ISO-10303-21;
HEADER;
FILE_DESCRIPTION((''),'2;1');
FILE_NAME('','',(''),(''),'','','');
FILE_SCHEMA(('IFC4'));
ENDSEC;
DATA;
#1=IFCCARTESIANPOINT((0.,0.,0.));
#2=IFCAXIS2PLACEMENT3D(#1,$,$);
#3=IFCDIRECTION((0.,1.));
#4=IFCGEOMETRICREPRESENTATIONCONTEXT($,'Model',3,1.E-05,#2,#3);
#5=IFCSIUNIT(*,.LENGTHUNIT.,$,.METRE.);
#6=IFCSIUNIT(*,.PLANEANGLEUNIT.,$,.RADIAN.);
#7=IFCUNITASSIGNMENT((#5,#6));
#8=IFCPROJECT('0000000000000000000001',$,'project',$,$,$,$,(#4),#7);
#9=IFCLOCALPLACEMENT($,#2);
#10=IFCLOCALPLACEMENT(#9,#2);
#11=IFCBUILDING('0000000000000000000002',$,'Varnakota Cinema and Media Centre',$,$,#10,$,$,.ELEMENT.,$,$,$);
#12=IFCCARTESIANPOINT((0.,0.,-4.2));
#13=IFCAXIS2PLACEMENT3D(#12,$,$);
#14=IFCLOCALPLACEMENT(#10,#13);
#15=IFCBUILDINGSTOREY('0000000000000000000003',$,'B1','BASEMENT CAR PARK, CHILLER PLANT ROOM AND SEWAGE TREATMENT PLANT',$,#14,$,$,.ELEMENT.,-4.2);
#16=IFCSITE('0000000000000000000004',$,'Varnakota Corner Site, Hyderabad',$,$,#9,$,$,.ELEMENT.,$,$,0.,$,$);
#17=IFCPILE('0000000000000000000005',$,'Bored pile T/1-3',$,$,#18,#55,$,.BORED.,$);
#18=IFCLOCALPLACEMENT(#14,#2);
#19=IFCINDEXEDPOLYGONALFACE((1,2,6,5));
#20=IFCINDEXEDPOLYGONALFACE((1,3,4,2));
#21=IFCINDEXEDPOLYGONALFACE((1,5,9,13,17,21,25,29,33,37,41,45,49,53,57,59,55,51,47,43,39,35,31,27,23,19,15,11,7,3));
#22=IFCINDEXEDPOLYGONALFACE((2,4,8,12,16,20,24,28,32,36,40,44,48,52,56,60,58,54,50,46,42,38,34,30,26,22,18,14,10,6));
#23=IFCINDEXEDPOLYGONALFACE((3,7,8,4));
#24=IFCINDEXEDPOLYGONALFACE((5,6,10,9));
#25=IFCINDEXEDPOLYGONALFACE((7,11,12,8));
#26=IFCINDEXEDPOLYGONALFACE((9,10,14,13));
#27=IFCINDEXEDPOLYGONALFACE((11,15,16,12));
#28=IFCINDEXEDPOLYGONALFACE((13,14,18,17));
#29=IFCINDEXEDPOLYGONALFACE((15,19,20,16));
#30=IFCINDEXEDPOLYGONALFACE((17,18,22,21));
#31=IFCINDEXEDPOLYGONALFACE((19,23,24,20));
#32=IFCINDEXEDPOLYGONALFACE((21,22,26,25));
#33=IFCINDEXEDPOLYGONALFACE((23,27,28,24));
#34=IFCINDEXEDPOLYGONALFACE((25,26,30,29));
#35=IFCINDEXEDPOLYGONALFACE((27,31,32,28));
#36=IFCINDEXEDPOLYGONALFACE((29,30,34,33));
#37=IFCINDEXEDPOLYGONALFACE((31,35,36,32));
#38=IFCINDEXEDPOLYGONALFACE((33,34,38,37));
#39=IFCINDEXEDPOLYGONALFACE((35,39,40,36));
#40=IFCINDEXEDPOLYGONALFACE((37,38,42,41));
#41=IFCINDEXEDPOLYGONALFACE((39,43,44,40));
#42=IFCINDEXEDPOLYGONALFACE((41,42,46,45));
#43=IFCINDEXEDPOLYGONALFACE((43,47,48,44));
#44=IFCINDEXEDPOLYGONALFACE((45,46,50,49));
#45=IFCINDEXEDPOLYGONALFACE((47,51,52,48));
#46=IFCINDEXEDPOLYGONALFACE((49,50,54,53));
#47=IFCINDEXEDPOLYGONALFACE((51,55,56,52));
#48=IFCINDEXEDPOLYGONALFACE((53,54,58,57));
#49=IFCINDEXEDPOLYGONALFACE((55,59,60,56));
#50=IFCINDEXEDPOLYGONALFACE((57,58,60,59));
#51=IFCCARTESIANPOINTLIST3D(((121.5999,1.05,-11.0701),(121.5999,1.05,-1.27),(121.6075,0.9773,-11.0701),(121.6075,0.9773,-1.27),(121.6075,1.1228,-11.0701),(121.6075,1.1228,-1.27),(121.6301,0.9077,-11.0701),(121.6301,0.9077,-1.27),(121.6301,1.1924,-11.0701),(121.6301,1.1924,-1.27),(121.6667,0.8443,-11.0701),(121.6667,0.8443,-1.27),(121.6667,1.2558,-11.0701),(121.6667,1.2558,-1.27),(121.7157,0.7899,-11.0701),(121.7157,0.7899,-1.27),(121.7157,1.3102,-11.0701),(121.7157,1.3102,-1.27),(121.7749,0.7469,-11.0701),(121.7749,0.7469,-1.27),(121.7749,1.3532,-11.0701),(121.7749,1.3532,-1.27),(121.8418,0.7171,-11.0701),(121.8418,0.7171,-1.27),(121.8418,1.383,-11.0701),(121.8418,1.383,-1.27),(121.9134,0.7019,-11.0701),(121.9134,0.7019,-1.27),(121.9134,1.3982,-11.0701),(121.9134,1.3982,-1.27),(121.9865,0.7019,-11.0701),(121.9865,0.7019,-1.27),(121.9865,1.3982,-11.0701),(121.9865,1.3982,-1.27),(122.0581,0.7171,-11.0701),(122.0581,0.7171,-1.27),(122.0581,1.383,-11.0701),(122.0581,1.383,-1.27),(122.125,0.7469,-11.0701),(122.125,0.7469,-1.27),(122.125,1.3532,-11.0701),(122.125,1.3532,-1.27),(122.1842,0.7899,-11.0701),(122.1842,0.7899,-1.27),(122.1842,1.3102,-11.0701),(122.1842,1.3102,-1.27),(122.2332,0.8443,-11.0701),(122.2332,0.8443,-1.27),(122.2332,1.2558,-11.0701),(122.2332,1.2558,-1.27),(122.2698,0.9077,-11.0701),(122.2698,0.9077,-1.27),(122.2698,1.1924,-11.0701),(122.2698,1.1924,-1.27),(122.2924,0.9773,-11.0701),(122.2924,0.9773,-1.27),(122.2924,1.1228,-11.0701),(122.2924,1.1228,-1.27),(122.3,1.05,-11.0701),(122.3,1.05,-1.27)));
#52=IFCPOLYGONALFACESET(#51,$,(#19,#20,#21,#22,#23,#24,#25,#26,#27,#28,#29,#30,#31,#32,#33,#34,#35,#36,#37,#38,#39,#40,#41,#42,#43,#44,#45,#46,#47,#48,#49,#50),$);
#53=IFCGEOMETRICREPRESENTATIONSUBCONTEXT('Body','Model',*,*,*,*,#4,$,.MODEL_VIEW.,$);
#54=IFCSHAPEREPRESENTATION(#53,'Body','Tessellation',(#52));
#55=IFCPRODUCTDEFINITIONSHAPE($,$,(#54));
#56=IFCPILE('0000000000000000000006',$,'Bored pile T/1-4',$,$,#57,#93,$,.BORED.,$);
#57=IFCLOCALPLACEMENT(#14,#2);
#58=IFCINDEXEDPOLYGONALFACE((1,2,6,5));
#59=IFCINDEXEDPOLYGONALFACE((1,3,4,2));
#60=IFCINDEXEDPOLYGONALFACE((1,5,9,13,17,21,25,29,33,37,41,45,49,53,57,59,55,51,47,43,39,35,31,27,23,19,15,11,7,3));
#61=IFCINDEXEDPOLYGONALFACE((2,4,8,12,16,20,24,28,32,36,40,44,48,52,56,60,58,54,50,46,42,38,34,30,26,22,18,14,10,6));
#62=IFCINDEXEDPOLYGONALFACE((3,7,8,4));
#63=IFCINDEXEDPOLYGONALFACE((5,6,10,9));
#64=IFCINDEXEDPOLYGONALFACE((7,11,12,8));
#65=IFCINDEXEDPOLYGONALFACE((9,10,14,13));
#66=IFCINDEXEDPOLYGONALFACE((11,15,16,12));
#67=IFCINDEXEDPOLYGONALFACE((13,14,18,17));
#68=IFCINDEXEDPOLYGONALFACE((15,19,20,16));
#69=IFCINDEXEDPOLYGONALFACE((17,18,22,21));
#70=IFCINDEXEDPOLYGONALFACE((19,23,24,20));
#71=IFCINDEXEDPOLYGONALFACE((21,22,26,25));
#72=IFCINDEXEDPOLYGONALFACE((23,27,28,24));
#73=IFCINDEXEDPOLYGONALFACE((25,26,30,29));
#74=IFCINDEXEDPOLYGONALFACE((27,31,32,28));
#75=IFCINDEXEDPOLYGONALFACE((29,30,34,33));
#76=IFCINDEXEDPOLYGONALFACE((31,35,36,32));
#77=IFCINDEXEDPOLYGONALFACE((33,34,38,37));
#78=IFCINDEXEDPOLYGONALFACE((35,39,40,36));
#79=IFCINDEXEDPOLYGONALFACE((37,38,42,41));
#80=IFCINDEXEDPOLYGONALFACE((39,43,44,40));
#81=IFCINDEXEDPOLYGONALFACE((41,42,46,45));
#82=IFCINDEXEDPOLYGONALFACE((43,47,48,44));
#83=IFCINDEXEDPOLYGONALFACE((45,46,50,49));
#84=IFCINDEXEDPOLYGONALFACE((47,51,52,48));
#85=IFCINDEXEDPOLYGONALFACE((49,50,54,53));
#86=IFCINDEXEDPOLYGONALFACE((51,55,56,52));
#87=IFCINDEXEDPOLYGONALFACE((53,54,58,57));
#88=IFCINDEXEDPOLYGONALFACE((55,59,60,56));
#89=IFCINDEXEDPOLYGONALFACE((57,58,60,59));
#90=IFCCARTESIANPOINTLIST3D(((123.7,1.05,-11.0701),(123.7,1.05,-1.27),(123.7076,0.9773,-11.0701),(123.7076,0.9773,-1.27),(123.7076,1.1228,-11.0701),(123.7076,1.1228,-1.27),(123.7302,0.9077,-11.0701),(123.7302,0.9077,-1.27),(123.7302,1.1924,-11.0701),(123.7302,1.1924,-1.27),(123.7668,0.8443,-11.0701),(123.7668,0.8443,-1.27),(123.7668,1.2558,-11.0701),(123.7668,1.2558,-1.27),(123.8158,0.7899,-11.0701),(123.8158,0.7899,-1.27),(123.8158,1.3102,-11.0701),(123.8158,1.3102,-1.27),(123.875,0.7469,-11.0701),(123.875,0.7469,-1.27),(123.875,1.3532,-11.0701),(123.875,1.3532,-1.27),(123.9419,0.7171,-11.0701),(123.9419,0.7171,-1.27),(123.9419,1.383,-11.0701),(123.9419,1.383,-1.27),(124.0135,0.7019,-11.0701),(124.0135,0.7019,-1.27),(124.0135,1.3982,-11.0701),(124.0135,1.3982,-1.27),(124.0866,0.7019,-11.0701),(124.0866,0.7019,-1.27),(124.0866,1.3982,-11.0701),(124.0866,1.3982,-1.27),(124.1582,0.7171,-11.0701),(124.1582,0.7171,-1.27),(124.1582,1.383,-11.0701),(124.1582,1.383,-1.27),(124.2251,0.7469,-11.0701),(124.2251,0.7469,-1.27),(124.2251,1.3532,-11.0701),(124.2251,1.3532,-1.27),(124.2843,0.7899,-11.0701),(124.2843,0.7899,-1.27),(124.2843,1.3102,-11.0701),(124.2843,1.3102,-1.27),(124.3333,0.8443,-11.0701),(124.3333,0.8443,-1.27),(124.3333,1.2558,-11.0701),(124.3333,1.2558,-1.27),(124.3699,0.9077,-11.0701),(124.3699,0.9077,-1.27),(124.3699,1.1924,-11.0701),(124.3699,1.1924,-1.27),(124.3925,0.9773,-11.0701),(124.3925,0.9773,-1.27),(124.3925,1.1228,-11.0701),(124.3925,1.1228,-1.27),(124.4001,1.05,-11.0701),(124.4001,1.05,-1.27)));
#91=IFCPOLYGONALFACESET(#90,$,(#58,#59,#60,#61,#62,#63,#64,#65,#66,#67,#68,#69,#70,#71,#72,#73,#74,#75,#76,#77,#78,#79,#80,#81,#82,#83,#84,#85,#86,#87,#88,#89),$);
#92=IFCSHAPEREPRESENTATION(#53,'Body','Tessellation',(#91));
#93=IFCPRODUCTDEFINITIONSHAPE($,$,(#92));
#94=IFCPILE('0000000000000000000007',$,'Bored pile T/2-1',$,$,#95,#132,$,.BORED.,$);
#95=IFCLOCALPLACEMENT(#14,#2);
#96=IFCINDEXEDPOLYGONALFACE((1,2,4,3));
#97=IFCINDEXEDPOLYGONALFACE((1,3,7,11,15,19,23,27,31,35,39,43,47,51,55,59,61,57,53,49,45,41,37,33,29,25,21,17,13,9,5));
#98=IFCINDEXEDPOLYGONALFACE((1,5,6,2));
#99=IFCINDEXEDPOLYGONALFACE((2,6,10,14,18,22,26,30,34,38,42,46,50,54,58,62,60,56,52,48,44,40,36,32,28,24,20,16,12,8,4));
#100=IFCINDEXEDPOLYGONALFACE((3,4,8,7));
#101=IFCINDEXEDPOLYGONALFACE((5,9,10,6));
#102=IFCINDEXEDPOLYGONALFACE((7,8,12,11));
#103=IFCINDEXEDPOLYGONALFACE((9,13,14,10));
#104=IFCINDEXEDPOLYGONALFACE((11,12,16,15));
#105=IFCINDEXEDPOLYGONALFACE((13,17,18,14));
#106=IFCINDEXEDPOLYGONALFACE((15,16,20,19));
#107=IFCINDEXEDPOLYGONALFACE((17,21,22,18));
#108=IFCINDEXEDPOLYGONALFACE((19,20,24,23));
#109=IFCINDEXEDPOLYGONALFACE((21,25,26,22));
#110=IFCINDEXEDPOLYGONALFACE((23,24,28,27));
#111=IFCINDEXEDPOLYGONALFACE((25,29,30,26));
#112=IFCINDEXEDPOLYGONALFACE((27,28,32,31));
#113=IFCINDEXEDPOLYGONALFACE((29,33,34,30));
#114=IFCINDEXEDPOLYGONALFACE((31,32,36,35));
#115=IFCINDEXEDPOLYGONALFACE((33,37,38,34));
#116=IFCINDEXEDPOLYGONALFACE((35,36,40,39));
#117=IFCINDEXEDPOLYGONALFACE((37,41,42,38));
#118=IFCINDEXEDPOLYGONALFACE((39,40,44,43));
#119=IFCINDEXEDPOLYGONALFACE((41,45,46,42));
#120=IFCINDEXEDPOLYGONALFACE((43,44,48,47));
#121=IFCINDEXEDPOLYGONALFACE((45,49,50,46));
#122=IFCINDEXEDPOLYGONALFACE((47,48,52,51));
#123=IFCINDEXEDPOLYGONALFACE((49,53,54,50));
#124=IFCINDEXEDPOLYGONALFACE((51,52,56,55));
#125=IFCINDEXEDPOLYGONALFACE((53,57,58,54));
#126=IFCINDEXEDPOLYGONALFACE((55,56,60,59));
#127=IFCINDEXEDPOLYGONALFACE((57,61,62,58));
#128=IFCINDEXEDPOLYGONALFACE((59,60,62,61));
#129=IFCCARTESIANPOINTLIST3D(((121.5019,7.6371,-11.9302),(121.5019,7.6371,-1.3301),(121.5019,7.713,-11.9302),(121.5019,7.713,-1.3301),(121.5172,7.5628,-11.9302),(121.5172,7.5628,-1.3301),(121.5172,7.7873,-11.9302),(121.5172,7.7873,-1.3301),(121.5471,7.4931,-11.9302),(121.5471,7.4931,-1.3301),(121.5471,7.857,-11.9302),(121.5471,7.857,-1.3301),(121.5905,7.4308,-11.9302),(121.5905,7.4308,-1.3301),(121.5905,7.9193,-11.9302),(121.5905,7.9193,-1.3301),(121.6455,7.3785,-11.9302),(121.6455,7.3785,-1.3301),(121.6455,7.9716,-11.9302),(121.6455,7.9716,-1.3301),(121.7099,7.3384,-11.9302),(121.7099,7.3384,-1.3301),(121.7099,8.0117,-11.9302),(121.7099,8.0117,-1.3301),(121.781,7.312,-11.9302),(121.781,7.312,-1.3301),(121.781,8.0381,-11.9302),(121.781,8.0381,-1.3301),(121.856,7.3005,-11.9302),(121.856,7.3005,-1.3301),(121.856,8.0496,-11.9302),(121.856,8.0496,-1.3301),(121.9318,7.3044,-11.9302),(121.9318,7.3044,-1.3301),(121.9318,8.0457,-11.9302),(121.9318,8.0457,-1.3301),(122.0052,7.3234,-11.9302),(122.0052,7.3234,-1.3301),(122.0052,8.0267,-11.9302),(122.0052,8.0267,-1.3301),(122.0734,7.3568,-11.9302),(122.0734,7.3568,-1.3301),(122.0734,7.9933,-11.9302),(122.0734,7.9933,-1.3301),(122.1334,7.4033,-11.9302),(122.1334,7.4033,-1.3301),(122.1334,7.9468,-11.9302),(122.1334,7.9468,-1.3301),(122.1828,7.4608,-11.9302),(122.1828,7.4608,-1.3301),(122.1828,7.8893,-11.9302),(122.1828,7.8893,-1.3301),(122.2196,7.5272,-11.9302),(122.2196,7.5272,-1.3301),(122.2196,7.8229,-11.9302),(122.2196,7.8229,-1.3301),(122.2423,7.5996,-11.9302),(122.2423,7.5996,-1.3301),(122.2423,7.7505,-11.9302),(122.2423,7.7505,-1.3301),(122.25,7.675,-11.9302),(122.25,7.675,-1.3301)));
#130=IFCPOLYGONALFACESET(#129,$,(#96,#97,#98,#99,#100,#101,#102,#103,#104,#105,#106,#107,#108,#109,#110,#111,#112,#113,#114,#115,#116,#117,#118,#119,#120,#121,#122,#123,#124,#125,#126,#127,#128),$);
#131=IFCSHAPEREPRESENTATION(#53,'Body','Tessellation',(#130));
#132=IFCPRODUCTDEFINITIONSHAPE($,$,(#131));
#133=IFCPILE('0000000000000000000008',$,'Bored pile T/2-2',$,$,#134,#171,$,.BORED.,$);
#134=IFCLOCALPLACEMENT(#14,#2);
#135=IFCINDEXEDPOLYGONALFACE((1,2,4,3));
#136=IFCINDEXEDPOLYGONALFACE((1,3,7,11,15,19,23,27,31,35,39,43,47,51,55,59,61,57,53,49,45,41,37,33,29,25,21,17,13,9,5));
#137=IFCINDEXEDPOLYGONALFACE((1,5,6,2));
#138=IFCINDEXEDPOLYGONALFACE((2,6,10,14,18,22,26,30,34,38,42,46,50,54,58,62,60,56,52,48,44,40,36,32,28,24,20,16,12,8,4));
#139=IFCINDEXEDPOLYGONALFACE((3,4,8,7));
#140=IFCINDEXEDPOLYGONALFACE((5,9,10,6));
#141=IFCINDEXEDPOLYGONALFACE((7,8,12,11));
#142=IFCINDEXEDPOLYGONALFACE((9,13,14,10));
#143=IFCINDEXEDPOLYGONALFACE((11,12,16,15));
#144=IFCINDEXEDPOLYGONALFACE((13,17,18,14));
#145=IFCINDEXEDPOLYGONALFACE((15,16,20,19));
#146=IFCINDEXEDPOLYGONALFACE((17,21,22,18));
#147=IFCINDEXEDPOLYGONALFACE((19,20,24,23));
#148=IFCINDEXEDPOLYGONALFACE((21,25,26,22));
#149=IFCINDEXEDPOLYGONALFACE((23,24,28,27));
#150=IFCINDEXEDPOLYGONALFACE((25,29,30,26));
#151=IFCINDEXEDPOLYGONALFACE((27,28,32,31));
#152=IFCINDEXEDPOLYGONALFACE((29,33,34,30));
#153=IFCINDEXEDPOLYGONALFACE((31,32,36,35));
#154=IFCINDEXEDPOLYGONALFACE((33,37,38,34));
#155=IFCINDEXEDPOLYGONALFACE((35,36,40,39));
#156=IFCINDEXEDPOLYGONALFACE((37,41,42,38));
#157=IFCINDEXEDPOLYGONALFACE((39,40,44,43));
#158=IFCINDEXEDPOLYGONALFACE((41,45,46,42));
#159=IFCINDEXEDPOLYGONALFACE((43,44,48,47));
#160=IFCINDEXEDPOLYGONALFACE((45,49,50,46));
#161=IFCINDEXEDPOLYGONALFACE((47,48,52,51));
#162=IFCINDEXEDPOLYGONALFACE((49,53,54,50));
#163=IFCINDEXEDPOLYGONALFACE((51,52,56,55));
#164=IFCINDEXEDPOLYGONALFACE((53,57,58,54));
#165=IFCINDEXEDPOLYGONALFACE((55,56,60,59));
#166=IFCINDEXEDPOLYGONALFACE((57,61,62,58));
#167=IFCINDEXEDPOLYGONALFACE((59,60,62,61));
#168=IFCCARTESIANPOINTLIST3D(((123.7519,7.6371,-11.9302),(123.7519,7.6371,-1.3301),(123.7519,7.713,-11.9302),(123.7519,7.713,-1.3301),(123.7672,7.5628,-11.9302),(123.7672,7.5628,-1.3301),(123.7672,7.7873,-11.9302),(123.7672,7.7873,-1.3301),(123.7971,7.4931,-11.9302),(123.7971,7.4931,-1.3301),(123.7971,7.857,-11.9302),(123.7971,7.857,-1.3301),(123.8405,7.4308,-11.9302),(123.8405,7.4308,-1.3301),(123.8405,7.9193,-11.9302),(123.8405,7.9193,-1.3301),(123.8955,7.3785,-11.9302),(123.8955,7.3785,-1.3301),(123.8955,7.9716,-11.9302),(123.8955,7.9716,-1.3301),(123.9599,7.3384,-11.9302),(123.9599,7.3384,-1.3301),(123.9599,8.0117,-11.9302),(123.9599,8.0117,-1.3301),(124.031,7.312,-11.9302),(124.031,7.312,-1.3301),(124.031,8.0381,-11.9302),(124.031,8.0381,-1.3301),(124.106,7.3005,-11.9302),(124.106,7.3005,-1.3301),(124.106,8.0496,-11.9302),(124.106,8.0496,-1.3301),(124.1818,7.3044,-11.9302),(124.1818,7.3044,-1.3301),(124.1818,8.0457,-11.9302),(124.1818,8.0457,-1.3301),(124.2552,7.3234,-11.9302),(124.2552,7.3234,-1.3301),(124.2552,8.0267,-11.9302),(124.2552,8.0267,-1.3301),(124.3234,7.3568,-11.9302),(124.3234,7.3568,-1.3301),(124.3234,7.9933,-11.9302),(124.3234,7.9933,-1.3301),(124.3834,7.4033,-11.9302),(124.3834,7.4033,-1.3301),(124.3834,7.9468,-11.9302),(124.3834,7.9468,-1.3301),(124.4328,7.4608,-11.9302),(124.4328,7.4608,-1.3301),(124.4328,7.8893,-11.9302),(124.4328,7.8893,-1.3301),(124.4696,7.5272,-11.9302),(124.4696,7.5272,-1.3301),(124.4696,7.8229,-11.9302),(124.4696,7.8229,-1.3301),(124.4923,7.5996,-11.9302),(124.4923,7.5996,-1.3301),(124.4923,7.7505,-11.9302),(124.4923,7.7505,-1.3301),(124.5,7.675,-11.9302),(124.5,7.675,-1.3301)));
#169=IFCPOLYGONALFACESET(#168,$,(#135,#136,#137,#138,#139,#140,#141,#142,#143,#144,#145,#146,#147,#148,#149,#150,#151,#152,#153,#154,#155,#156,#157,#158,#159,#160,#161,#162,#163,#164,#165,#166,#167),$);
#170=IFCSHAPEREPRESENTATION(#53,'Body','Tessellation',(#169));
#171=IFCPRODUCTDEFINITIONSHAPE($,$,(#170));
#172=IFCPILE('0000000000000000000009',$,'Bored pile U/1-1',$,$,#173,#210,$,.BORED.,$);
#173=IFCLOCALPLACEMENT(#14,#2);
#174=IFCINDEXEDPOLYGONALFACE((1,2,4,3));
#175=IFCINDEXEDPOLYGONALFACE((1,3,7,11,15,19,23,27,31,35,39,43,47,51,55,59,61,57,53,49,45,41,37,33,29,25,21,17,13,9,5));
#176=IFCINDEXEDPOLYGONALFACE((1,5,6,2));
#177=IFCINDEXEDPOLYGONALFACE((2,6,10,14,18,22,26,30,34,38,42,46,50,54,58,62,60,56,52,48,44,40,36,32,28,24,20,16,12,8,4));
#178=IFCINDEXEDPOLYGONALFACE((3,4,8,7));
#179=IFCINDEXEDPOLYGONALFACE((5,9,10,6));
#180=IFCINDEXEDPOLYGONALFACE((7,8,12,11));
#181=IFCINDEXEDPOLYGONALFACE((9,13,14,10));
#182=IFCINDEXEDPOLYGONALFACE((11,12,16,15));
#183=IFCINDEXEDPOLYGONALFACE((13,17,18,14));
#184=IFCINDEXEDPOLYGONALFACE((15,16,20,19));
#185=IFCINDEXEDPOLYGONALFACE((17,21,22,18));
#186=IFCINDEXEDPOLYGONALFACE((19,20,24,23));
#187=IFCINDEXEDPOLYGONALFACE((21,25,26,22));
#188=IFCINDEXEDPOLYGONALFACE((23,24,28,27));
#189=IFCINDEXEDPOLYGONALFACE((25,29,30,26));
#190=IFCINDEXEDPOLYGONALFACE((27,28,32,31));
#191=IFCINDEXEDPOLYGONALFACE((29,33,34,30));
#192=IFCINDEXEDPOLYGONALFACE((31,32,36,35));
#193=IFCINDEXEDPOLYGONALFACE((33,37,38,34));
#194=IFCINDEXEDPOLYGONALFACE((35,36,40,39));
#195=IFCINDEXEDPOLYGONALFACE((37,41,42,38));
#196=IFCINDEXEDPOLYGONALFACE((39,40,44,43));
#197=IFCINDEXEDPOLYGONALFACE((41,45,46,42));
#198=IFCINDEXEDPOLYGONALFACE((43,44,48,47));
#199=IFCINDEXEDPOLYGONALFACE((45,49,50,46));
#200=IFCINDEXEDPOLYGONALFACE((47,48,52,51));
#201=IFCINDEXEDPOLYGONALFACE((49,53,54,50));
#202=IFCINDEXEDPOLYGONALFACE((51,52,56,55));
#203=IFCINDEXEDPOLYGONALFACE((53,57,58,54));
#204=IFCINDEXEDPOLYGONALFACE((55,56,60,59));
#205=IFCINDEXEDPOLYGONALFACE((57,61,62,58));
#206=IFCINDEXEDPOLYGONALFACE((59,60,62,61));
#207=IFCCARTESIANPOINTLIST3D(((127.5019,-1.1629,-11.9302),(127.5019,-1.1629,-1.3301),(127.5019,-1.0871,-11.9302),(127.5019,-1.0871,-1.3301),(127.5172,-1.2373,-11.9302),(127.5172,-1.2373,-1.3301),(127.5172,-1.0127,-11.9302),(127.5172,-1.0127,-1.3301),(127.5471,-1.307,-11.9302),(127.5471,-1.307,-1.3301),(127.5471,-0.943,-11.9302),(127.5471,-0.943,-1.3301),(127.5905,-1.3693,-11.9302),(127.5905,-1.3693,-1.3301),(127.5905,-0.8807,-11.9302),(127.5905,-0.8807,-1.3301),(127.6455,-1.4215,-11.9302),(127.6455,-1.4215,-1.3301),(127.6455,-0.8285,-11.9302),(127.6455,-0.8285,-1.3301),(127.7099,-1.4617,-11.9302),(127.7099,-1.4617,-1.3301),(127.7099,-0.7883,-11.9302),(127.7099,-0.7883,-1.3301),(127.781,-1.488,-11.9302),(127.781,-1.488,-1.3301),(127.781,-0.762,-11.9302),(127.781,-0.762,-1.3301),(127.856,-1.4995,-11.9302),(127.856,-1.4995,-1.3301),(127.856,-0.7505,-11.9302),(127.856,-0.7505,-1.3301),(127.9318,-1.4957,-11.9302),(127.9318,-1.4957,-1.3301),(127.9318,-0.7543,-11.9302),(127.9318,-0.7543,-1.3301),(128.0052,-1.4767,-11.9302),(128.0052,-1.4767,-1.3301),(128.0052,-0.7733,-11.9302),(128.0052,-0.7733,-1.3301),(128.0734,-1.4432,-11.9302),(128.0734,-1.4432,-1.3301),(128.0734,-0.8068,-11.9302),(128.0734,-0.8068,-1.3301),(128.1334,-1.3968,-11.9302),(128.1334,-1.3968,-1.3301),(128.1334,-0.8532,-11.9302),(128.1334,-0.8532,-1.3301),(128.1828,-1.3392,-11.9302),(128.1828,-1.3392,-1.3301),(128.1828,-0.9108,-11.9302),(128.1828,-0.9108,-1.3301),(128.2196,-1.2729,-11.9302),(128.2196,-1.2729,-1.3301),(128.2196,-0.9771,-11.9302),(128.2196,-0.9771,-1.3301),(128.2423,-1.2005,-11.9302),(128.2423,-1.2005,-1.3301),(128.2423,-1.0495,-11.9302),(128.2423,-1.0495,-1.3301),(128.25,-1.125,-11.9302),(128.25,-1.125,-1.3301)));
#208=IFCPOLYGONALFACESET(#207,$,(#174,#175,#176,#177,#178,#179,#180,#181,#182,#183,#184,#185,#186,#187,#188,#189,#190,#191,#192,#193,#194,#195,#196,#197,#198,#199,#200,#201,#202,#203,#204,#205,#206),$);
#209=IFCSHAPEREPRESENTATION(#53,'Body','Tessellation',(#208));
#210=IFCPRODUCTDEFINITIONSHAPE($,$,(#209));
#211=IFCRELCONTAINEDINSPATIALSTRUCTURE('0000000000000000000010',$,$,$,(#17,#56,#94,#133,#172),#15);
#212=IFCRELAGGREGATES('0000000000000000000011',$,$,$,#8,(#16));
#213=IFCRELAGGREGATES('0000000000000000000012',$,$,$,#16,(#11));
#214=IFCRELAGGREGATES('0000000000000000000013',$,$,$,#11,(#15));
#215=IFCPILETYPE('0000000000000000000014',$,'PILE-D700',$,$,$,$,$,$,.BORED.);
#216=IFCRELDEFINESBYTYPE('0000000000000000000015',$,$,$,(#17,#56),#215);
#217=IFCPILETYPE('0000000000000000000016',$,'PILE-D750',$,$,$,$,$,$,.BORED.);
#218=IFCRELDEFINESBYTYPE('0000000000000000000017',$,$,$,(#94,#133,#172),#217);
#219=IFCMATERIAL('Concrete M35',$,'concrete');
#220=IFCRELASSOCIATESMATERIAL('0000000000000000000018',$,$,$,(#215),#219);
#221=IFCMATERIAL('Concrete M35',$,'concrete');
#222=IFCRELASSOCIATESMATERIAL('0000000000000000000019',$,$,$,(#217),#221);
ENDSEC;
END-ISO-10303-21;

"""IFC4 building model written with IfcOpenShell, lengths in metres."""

from ifc_helpers import new_model, si_unit, direction, frame, origin, origin_2d, place, context, subcontext, project, spatial, circle, extrude, material, material_profile, profile_set, type_object, element, save


model = new_model("IFC4")

# Units and contexts
model_context = context("Model", 3, precision=1e-05, world=origin(), true_north=direction((0.0, 1.0)))
body_context = subcontext(model_context, "Body", "Model", "MODEL_VIEW")
ifc_project = project(units=[si_unit("LENGTHUNIT", "METRE"), si_unit("PLANEANGLEUNIT", "RADIAN")], contexts=[model_context])

# Site, building, storey
site_placement = place(None, origin())
site = spatial("IfcSite", under=ifc_project, at=site_placement, Name="Varnakota Corner Site, Hyderabad", CompositionType="ELEMENT", RefElevation=0.0)
building_placement = place(site_placement, origin())
building = spatial("IfcBuilding", under=site, at=building_placement, Name="Varnakota Cinema and Media Centre", CompositionType="ELEMENT")
storey_placement = place(building_placement, frame((0.0, 0.0, -4.2)))
storey = spatial("IfcBuildingStorey", under=building, at=storey_placement, Name="B1", Description="BASEMENT CAR PARK, CHILLER PLANT ROOM AND SEWAGE TREATMENT PLANT", CompositionType="ELEMENT", Elevation=-4.2)

# Piles
ifc_material_1 = material(Name="Concrete M35", Category="concrete")
ifc_material_profile_1 = material_profile(ifc_material_1, circle(Radius=0.3501, at=origin_2d()), Name="PILE D700")
ifc_profile_set_1 = profile_set([ifc_material_profile_1], Name="Concrete M35")
pile_type_1 = type_object("IfcPileType", Name="PILE-D700", PredefinedType="BORED", material=ifc_profile_set_1)
for number, where, z_axis, x_axis, name in (
    (1, (121.95, 1.05, -1.27), (0.0, 0.0, -1.0), (1.0, 0.0, 0.0), "Bored pile T/1-3"),
    (2, (124.05, 1.05, -1.27), (0.0, 0.0, -1.0), (1.0, 0.0, 0.0), "Bored pile T/1-4"),
):
    element("IfcPile", number, at=place(storey_placement, frame(where, z_axis=z_axis, x_axis=x_axis)), inside=storey, type_object=pile_type_1, Name=name, PredefinedType="BORED", context=body_context, shape_type="SweptSolid", body=[
        extrude(circle(Radius=0.3501, at=origin_2d()), origin(), (0.0, 0.0, 1.0), 9.8),
    ])
ifc_material_2 = material(Name="Concrete M35", Category="concrete")
ifc_material_profile_2 = material_profile(ifc_material_2, circle(Radius=0.375, at=origin_2d()), Name="PILE D750")
ifc_profile_set_2 = profile_set([ifc_material_profile_2], Name="Concrete M35")
pile_type_2 = type_object("IfcPileType", Name="PILE-D750", PredefinedType="BORED", material=ifc_profile_set_2)
for number, where, z_axis, x_axis, name in (
    (3, (121.875, 7.675, -1.3301), (0.0, 0.0, -1.0), (1.0, 0.0, 0.0), "Bored pile T/2-1"),
    (4, (124.125, 7.675, -1.3301), (0.0, 0.0, -1.0), (1.0, 0.0, 0.0), "Bored pile T/2-2"),
    (5, (127.875, -1.125, -1.3301), (0.0, 0.0, -1.0), (1.0, 0.0, 0.0), "Bored pile U/1-1"),
):
    element("IfcPile", number, at=place(storey_placement, frame(where, z_axis=z_axis, x_axis=x_axis)), inside=storey, type_object=pile_type_2, Name=name, PredefinedType="BORED", context=body_context, shape_type="SweptSolid", body=[
        extrude(circle(Radius=0.375, at=origin_2d()), origin(), (0.0, 0.0, 1.0), 10.6001),
    ])

save(model, "model.ifc")
